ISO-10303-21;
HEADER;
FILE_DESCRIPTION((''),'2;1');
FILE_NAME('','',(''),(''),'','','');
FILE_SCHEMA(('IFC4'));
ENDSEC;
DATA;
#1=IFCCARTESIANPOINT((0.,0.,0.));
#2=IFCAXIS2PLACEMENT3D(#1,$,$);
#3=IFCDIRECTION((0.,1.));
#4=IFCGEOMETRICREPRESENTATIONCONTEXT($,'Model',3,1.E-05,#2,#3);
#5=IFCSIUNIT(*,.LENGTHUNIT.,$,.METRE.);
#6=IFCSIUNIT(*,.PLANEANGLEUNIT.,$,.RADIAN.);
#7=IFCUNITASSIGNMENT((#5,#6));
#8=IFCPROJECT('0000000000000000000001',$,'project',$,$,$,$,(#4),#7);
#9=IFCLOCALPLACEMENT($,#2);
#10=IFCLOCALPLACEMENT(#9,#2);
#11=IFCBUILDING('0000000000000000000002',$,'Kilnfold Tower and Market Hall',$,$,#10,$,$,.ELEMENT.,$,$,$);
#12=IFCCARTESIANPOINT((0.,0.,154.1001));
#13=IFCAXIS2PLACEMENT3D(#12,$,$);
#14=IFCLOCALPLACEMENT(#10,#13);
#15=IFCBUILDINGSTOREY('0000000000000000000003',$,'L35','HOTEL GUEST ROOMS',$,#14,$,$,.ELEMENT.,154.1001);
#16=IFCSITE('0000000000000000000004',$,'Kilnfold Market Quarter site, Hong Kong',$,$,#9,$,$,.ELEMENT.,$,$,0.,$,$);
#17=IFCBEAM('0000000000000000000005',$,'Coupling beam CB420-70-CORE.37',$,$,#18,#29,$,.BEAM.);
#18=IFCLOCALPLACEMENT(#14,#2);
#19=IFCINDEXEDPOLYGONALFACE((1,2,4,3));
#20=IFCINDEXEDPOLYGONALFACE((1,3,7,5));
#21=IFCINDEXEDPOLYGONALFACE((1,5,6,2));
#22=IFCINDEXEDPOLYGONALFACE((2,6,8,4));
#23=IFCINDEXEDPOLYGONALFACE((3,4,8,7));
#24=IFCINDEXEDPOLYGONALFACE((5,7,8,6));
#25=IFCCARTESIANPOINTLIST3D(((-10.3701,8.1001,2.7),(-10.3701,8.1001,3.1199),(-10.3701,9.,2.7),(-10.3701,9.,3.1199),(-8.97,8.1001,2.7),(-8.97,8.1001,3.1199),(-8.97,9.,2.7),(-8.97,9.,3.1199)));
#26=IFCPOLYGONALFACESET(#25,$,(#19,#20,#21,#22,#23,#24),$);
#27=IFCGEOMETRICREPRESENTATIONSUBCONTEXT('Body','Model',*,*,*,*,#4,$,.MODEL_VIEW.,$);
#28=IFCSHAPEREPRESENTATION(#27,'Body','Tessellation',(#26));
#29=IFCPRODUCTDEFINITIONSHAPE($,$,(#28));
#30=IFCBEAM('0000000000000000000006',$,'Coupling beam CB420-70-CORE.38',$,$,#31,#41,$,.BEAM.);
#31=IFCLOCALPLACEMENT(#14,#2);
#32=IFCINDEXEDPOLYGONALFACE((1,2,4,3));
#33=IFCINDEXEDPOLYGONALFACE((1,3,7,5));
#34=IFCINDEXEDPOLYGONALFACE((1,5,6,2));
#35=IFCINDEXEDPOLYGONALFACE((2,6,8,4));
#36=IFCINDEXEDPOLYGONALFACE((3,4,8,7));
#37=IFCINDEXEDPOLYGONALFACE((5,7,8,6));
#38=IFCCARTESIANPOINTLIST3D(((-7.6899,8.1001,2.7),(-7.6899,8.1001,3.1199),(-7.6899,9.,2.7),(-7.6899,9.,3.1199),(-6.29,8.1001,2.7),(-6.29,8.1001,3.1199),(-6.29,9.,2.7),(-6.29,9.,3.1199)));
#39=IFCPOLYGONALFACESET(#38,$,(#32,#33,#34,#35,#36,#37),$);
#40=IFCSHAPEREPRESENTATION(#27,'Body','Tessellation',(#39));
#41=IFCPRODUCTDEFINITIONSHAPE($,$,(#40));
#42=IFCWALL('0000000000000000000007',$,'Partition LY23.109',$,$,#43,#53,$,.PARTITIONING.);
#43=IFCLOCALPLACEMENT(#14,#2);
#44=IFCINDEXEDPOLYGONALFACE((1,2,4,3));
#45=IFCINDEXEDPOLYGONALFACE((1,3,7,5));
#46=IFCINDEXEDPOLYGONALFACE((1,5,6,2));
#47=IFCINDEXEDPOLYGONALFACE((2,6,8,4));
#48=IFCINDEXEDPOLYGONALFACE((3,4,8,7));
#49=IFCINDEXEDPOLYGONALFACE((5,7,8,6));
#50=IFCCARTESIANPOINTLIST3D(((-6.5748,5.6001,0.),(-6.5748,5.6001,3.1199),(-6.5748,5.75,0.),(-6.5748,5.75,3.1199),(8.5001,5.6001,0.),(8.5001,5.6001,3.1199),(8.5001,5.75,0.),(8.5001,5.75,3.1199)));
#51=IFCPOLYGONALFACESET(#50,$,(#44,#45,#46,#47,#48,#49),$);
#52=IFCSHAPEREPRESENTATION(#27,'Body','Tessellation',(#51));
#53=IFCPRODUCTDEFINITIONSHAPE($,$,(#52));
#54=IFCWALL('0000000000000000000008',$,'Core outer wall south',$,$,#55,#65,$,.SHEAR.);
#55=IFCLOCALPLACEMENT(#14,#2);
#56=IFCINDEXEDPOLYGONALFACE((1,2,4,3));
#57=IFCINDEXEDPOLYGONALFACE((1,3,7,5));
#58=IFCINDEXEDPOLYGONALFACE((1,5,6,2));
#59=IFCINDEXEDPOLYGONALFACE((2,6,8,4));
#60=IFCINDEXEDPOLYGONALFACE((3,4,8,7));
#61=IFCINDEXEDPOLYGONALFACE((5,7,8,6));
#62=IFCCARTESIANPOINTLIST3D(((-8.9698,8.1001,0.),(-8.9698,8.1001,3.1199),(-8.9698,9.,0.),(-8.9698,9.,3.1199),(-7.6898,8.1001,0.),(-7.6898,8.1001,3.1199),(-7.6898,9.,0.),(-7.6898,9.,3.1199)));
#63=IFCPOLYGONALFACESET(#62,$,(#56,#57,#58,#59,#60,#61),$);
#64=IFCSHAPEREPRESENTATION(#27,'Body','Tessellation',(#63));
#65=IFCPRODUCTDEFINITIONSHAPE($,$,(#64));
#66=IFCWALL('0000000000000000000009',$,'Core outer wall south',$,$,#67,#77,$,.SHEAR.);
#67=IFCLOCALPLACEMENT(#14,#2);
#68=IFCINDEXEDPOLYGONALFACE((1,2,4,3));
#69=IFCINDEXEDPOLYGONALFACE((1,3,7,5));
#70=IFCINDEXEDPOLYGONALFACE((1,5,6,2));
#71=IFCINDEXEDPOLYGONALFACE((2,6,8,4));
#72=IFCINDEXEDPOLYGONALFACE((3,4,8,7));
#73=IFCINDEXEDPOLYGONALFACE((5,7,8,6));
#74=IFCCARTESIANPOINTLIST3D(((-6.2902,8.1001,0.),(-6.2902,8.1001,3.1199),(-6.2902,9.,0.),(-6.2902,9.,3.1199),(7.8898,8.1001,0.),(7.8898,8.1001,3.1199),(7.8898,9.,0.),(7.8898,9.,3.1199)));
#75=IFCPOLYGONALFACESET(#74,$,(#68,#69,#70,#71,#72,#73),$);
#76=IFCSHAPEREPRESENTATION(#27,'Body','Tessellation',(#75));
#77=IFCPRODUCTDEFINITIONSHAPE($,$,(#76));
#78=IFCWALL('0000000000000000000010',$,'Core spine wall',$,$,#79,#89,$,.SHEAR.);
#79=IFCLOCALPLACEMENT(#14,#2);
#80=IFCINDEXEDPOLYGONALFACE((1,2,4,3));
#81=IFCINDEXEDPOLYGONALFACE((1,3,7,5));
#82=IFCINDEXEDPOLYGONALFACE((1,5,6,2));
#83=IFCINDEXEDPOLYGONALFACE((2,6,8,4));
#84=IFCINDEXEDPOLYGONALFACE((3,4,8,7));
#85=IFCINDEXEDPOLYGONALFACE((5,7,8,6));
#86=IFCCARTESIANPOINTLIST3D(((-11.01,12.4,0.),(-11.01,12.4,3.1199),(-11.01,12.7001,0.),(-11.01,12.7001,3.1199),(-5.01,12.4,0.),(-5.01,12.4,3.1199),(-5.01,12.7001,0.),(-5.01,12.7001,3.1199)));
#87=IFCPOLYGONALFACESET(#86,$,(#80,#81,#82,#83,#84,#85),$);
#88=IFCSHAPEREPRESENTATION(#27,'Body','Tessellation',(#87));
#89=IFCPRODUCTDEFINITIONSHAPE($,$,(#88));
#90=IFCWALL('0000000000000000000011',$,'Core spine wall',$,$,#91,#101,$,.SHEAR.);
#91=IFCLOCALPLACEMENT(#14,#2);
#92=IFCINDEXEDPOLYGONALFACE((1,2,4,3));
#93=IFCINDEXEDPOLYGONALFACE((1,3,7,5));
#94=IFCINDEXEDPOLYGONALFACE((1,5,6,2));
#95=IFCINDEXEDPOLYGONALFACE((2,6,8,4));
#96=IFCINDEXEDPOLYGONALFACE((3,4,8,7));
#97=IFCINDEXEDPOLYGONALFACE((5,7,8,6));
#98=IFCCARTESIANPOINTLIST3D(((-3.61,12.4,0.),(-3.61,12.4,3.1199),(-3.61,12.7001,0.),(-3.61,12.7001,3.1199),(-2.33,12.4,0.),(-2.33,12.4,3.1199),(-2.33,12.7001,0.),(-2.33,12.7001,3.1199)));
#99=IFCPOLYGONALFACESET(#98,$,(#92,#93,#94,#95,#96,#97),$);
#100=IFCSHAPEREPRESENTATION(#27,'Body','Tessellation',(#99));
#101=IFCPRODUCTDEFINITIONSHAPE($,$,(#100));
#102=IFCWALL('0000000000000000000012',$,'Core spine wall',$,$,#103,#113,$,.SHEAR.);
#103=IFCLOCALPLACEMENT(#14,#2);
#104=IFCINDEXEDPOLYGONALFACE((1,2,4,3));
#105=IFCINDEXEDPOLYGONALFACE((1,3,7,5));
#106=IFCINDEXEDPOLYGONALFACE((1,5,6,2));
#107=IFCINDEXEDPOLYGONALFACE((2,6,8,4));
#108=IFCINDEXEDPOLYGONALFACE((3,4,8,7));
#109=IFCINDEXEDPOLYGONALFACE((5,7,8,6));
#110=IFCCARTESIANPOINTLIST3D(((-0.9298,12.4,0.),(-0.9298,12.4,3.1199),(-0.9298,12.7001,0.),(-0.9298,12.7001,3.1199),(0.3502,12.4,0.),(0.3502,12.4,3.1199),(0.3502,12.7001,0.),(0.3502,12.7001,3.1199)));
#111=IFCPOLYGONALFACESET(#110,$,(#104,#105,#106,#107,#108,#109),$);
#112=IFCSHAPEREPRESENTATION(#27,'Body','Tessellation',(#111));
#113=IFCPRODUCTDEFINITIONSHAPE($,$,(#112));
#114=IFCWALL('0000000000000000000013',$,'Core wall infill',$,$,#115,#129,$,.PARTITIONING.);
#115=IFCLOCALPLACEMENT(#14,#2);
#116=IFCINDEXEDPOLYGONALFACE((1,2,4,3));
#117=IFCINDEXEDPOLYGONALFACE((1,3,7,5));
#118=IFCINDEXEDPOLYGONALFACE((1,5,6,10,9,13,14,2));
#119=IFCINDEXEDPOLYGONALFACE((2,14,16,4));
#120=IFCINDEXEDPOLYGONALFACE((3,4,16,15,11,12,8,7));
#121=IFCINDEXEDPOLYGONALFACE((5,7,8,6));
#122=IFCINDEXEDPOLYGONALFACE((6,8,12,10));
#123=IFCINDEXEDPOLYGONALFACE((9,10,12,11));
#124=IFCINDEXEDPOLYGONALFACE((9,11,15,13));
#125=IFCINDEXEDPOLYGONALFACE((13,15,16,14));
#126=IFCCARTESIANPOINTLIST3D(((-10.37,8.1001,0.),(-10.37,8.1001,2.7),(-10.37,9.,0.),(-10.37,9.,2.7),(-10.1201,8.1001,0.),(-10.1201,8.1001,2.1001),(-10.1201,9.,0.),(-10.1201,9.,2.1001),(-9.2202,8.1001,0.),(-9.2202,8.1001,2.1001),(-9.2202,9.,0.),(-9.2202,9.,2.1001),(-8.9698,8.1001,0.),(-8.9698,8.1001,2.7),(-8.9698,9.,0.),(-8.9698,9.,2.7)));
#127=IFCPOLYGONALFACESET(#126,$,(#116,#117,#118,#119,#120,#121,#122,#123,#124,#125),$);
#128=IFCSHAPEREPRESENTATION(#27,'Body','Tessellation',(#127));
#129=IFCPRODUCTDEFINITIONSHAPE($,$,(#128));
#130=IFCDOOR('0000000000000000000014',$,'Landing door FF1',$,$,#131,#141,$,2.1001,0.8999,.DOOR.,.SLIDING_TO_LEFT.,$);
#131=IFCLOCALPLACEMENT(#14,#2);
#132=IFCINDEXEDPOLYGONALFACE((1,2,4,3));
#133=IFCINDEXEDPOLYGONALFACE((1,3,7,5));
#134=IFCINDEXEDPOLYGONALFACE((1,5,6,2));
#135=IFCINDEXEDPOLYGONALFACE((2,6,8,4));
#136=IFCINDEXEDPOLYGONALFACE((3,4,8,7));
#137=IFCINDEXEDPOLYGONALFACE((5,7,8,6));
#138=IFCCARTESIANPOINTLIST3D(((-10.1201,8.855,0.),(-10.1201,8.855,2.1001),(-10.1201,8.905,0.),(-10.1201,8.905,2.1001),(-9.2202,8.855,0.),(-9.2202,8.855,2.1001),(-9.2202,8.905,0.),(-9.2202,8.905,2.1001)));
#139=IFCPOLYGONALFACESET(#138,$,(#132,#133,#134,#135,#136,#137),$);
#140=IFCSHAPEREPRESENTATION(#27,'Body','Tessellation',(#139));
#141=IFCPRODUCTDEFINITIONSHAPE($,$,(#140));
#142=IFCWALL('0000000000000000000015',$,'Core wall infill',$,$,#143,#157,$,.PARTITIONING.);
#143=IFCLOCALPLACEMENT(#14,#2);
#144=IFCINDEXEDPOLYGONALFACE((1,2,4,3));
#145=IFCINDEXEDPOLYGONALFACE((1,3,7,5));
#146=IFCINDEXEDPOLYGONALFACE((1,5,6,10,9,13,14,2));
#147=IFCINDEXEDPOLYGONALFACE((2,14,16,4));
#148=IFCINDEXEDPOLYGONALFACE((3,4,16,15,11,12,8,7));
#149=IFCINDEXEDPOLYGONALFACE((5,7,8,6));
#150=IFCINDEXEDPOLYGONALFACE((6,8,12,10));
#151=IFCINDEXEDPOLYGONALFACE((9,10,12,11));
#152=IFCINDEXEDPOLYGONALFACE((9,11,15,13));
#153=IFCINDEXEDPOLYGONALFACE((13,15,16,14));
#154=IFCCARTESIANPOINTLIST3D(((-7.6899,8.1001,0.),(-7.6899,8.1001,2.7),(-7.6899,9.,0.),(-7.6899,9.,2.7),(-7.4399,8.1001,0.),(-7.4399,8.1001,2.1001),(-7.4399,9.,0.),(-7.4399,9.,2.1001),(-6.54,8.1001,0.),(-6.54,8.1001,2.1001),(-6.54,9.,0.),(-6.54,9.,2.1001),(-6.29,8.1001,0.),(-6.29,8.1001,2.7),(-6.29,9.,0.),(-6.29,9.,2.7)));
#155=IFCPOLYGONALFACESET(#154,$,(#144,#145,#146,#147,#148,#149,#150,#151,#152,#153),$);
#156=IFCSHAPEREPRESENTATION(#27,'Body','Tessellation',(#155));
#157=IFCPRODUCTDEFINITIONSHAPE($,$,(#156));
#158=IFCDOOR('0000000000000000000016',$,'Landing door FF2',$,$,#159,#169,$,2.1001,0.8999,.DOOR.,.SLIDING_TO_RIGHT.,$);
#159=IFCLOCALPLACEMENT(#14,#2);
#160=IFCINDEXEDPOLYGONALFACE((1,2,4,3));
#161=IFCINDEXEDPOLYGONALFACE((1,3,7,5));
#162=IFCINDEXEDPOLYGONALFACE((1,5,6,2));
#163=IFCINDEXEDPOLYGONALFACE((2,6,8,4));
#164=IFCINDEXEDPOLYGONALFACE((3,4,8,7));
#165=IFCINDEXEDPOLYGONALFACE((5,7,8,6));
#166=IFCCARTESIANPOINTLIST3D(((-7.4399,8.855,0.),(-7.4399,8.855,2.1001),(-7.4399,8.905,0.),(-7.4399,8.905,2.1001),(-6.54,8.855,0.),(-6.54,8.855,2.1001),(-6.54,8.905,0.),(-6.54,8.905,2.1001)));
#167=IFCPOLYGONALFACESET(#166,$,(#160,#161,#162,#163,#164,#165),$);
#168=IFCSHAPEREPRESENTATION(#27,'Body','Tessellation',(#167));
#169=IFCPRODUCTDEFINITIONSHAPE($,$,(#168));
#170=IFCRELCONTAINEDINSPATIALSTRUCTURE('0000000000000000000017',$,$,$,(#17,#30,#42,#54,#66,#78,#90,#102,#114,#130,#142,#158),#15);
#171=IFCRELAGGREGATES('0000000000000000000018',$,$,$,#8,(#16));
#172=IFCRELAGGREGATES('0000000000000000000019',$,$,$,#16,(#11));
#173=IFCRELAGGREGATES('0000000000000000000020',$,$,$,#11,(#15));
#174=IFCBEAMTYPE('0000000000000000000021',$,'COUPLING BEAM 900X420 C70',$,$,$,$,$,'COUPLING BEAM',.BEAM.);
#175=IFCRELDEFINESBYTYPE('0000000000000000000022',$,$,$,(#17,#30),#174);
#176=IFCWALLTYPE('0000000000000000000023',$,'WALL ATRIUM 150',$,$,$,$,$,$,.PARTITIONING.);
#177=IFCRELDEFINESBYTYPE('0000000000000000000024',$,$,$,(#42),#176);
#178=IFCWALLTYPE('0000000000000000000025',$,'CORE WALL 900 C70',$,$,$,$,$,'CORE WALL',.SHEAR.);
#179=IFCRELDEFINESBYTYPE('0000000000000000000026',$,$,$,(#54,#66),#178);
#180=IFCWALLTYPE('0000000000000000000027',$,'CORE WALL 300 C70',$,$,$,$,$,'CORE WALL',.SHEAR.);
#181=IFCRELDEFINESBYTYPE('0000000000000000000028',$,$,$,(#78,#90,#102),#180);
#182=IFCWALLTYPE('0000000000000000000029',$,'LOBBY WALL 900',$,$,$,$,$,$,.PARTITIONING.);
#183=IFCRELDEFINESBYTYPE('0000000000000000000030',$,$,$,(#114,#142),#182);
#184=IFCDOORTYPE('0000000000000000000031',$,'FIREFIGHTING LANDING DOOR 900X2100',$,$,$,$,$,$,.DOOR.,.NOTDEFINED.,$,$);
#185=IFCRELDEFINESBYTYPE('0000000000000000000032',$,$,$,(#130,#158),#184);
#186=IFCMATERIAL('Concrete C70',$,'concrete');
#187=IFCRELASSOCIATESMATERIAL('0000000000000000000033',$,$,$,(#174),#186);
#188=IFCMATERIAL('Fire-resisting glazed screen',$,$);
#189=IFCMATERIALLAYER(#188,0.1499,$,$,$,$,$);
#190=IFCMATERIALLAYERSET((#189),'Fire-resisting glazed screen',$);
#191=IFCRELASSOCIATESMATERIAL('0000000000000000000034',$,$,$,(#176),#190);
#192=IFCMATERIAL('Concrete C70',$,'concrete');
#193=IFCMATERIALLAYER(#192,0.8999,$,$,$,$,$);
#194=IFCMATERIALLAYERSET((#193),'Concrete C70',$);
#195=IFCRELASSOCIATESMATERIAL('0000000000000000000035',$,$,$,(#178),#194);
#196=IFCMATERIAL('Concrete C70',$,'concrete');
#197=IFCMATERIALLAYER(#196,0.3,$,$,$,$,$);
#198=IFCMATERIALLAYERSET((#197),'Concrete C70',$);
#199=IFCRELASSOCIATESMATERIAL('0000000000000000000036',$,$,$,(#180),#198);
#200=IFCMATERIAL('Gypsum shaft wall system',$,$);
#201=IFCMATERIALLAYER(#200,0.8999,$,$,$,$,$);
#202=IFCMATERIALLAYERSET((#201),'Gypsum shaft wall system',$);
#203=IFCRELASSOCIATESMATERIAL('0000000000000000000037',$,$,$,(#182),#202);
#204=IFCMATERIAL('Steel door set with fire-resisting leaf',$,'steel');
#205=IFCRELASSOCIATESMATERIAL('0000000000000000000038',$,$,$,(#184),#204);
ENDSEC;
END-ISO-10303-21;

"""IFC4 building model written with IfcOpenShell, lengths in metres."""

from ifc_helpers import new_model, si_unit, direction, frame, frame_2d, origin, origin_2d, place, context, subcontext, project, spatial, rectangle, extrude, source, transform, mapped, material, layer, layer_set, material_profile, profile_set, type_object, element, fill, save


model = new_model("IFC4")

# Units and contexts
model_context = context("Model", 3, precision=1e-05, world=origin(), true_north=direction((0.0, 1.0)))
body_context = subcontext(model_context, "Body", "Model", "MODEL_VIEW")
ifc_project = project(units=[si_unit("LENGTHUNIT", "METRE"), si_unit("PLANEANGLEUNIT", "RADIAN")], contexts=[model_context])

# Site, building, storey
site_placement = place(None, origin())
site = spatial("IfcSite", under=ifc_project, at=site_placement, Name="Kilnfold Market Quarter site, Hong Kong", CompositionType="ELEMENT", RefElevation=0.0)
building_placement = place(site_placement, origin())
building = spatial("IfcBuilding", under=site, at=building_placement, Name="Kilnfold Tower and Market Hall", CompositionType="ELEMENT")
storey_placement = place(building_placement, frame((0.0, 0.0, 154.1001)))
storey = spatial("IfcBuildingStorey", under=building, at=storey_placement, Name="L35", Description="HOTEL GUEST ROOMS", CompositionType="ELEMENT", Elevation=154.1001)

# Beams
ifc_material_1 = material(Name="Concrete C70", Category="concrete")
ifc_material_profile = material_profile(ifc_material_1, rectangle(XDim=0.8999, YDim=0.4199, at=origin_2d()), Name="RC 900x420")
ifc_profile_set = profile_set([ifc_material_profile], Name="Concrete C70")
beam_type = type_object("IfcBeamType", Name="COUPLING BEAM 900X420 C70", ElementType="COUPLING BEAM", PredefinedType="BEAM", material=ifc_profile_set)
shared_shape_1 = source(origin(), body_context, "Body", "SweptSolid", [
    extrude(rectangle(XDim=0.8999, YDim=0.4199, at=origin_2d()), origin(), (0.0, 0.0, 1.0), 1.4001),
])
beam_1_placement = place(storey_placement, frame((-10.3701, 8.55, 2.9099), z_axis=(1.0, 0.0, 0.0), x_axis=(0.0, 1.0, 0.0)))
element("IfcBeam", 1, at=beam_1_placement, inside=storey, type_object=beam_type, Name="Coupling beam CB420-70-CORE.37", PredefinedType="BEAM", context=body_context, shape_type="MappedRepresentation", body=[
    mapped(shared_shape_1, transform((0.0, 0.0, 0.0))),
])
shared_shape_2 = source(origin(), body_context, "Body", "SweptSolid", [
    extrude(rectangle(XDim=0.8999, YDim=0.4199, at=origin_2d()), origin(), (0.0, 0.0, 1.0), 1.3999),
])
beam_2_placement = place(storey_placement, frame((-7.6899, 8.55, 2.9099), z_axis=(1.0, 0.0, 0.0), x_axis=(0.0, 1.0, 0.0)))
element("IfcBeam", 2, at=beam_2_placement, inside=storey, type_object=beam_type, Name="Coupling beam CB420-70-CORE.38", PredefinedType="BEAM", context=body_context, shape_type="MappedRepresentation", body=[
    mapped(shared_shape_2, transform((0.0, 0.0, 0.0))),
])

# Walls
ifc_material_2 = material(Name="Fire-resisting glazed screen")
ifc_layer_1 = layer(ifc_material_2, 0.1499)
ifc_layer_set_1 = layer_set([ifc_layer_1], Name="Fire-resisting glazed screen")
wall_type_1 = type_object("IfcWallType", Name="WALL ATRIUM 150", PredefinedType="PARTITIONING", material=ifc_layer_set_1)
wall_1_placement = place(storey_placement, frame((-6.575, 5.675, 0.0), z_axis=(0.0, 0.0, 1.0), x_axis=(1.0, 0.0, 0.0)))
element("IfcWall", 3, at=wall_1_placement, inside=storey, type_object=wall_type_1, Name="Partition LY23.109", PredefinedType="PARTITIONING", context=body_context, shape_type="SweptSolid", body=[
    extrude(rectangle(XDim=15.075, YDim=0.1499, at=frame_2d((7.5376, 0.0))), origin(), (0.0, 0.0, 1.0), 3.1199),
])
ifc_material_3 = material(Name="Concrete C70", Category="concrete")
ifc_layer_2 = layer(ifc_material_3, 0.8999)
ifc_layer_set_2 = layer_set([ifc_layer_2], Name="Concrete C70")
wall_type_2 = type_object("IfcWallType", Name="CORE WALL 900 C70", ElementType="CORE WALL", PredefinedType="SHEAR", material=ifc_layer_set_2)
shared_shape_3 = source(origin(), body_context, "Body", "SweptSolid", [
    extrude(rectangle(XDim=1.28, YDim=0.8999, at=frame_2d((0.6401, 0.0))), origin(), (0.0, 0.0, 1.0), 3.1199),
])
wall_2_placement = place(storey_placement, frame((-8.97, 8.55, 0.0), z_axis=(0.0, 0.0, 1.0), x_axis=(1.0, 0.0, 0.0)))
element("IfcWall", 4, at=wall_2_placement, inside=storey, type_object=wall_type_2, Name="Core outer wall south", PredefinedType="SHEAR", context=body_context, shape_type="MappedRepresentation", body=[
    mapped(shared_shape_3, transform((0.0, 0.0, 0.0))),
])
shared_shape_4 = source(origin(), body_context, "Body", "SweptSolid", [
    extrude(rectangle(XDim=14.1799, YDim=0.8999, at=frame_2d((7.0898, 0.0))), origin(), (0.0, 0.0, 1.0), 3.1199),
])
wall_3_placement = place(storey_placement, frame((-6.29, 8.55, 0.0), z_axis=(0.0, 0.0, 1.0), x_axis=(1.0, 0.0, 0.0)))
element("IfcWall", 5, at=wall_3_placement, inside=storey, type_object=wall_type_2, Name="Core outer wall south", PredefinedType="SHEAR", context=body_context, shape_type="MappedRepresentation", body=[
    mapped(shared_shape_4, transform((0.0, 0.0, 0.0))),
])
ifc_material_4 = material(Name="Concrete C70", Category="concrete")
ifc_layer_3 = layer(ifc_material_4, 0.3)
ifc_layer_set_3 = layer_set([ifc_layer_3], Name="Concrete C70")
wall_type_3 = type_object("IfcWallType", Name="CORE WALL 300 C70", ElementType="CORE WALL", PredefinedType="SHEAR", material=ifc_layer_set_3)
shared_shape_5 = source(origin(), body_context, "Body", "SweptSolid", [
    extrude(rectangle(XDim=6.0, YDim=0.3, at=frame_2d((3.0, 0.0))), origin(), (0.0, 0.0, 1.0), 3.1199),
])
wall_4_placement = place(storey_placement, frame((-11.01, 12.55, 0.0), z_axis=(0.0, 0.0, 1.0), x_axis=(1.0, 0.0, 0.0)))
element("IfcWall", 6, at=wall_4_placement, inside=storey, type_object=wall_type_3, Name="Core spine wall", PredefinedType="SHEAR", context=body_context, shape_type="MappedRepresentation", body=[
    mapped(shared_shape_5, transform((0.0, 0.0, 0.0))),
])
shared_shape_6 = source(origin(), body_context, "Body", "SweptSolid", [
    extrude(rectangle(XDim=1.28, YDim=0.3, at=frame_2d((0.6401, 0.0))), origin(), (0.0, 0.0, 1.0), 3.1199),
])
for number, where, z_axis, x_axis, name in (
    (7, (-3.6101, 12.55, 0.0), (0.0, 0.0, 1.0), (1.0, 0.0, 0.0), "Core spine wall"),
    (8, (-0.9299, 12.55, 0.0), (0.0, 0.0, 1.0), (1.0, 0.0, 0.0), "Core spine wall"),
):
    element("IfcWall", number, at=place(storey_placement, frame(where, z_axis=z_axis, x_axis=x_axis)), inside=storey, type_object=wall_type_3, Name=name, PredefinedType="SHEAR", context=body_context, shape_type="MappedRepresentation", body=[
        mapped(shared_shape_6, transform((0.0, 0.0, 0.0))),
    ])

# Walls, openings, doors
ifc_material_5 = material(Name="Gypsum shaft wall system")
ifc_layer_4 = layer(ifc_material_5, 0.8999)
ifc_layer_set_4 = layer_set([ifc_layer_4], Name="Gypsum shaft wall system")
wall_type_4 = type_object("IfcWallType", Name="LOBBY WALL 900", PredefinedType="PARTITIONING", material=ifc_layer_set_4)
shared_shape_7 = source(origin(), body_context, "Body", "SweptSolid", [
    extrude(rectangle(XDim=1.4001, YDim=0.8999, at=frame_2d((0.7002, 0.0))), origin(), (0.0, 0.0, 1.0), 2.7),
])
wall_5_placement = place(storey_placement, frame((-10.3701, 8.55, 0.0), z_axis=(0.0, 0.0, 1.0), x_axis=(1.0, 0.0, 0.0)))
wall_5 = element("IfcWall", 9, at=wall_5_placement, inside=storey, type_object=wall_type_4, Name="Core wall infill", PredefinedType="PARTITIONING", context=body_context, shape_type="MappedRepresentation", body=[
    mapped(shared_shape_7, transform((0.0, 0.0, 0.0))),
])
opening_1_placement = place(wall_5_placement, frame((0.25, 0.0, 0.0)))
opening_1 = element("IfcOpeningElement", 10, at=opening_1_placement, cuts=wall_5, PredefinedType="OPENING", context=body_context, shape_type="SweptSolid", body=[
    extrude(rectangle(XDim=0.8999, YDim=2.1001, at=frame_2d((0.45, 1.05))), frame((0.0, 0.46, 0.0), z_axis=(0.0, -1.0, 0.0), x_axis=(1.0, 0.0, 0.0)), (0.0, 0.0, 1.0), 0.9199),
])
ifc_material_6 = material(Name="Steel door set with fire-resisting leaf", Category="steel")
door_type_1 = type_object("IfcDoorType", Name="FIREFIGHTING LANDING DOOR 900X2100", OperationType="NOTDEFINED", PredefinedType="DOOR", material=ifc_material_6)
door_1_placement = place(opening_1_placement, origin())
door_1 = element("IfcDoor", 11, at=door_1_placement, inside=storey, type_object=door_type_1, Name="Landing door FF1", OperationType="SLIDING_TO_LEFT", OverallHeight=2.1001, OverallWidth=0.8999, PredefinedType="DOOR", context=body_context, shape_type="SweptSolid", body=[
    extrude(rectangle(XDim=0.8999, YDim=2.1001, at=frame_2d((0.45, 1.05))), frame((0.0, 0.355, 0.0), z_axis=(0.0, -1.0, 0.0), x_axis=(1.0, 0.0, 0.0)), (0.0, 0.0, 1.0), 0.05),
])
fill(opening_1, door_1)
shared_shape_8 = source(origin(), body_context, "Body", "SweptSolid", [
    extrude(rectangle(XDim=1.3999, YDim=0.8999, at=frame_2d((0.7, 0.0))), origin(), (0.0, 0.0, 1.0), 2.7),
])
wall_6_placement = place(storey_placement, frame((-7.6899, 8.55, 0.0), z_axis=(0.0, 0.0, 1.0), x_axis=(1.0, 0.0, 0.0)))
wall_6 = element("IfcWall", 12, at=wall_6_placement, inside=storey, type_object=wall_type_4, Name="Core wall infill", PredefinedType="PARTITIONING", context=body_context, shape_type="MappedRepresentation", body=[
    mapped(shared_shape_8, transform((0.0, 0.0, 0.0))),
])
opening_2_placement = place(wall_6_placement, frame((0.25, 0.0, 0.0)))
opening_2 = element("IfcOpeningElement", 13, at=opening_2_placement, cuts=wall_6, PredefinedType="OPENING", context=body_context, shape_type="SweptSolid", body=[
    extrude(rectangle(XDim=0.8999, YDim=2.1001, at=frame_2d((0.45, 1.05))), frame((0.0, 0.46, 0.0), z_axis=(0.0, -1.0, 0.0), x_axis=(1.0, 0.0, 0.0)), (0.0, 0.0, 1.0), 0.9199),
])
door_2_placement = place(opening_2_placement, origin())
door_2 = element("IfcDoor", 14, at=door_2_placement, inside=storey, type_object=door_type_1, Name="Landing door FF2", OperationType="SLIDING_TO_RIGHT", OverallHeight=2.1001, OverallWidth=0.8999, PredefinedType="DOOR", context=body_context, shape_type="SweptSolid", body=[
    extrude(rectangle(XDim=0.8999, YDim=2.1001, at=frame_2d((0.45, 1.05))), frame((0.0, 0.355, 0.0), z_axis=(0.0, -1.0, 0.0), x_axis=(1.0, 0.0, 0.0)), (0.0, 0.0, 1.0), 0.05),
])
fill(opening_2, door_2)

save(model, "model.ifc")
